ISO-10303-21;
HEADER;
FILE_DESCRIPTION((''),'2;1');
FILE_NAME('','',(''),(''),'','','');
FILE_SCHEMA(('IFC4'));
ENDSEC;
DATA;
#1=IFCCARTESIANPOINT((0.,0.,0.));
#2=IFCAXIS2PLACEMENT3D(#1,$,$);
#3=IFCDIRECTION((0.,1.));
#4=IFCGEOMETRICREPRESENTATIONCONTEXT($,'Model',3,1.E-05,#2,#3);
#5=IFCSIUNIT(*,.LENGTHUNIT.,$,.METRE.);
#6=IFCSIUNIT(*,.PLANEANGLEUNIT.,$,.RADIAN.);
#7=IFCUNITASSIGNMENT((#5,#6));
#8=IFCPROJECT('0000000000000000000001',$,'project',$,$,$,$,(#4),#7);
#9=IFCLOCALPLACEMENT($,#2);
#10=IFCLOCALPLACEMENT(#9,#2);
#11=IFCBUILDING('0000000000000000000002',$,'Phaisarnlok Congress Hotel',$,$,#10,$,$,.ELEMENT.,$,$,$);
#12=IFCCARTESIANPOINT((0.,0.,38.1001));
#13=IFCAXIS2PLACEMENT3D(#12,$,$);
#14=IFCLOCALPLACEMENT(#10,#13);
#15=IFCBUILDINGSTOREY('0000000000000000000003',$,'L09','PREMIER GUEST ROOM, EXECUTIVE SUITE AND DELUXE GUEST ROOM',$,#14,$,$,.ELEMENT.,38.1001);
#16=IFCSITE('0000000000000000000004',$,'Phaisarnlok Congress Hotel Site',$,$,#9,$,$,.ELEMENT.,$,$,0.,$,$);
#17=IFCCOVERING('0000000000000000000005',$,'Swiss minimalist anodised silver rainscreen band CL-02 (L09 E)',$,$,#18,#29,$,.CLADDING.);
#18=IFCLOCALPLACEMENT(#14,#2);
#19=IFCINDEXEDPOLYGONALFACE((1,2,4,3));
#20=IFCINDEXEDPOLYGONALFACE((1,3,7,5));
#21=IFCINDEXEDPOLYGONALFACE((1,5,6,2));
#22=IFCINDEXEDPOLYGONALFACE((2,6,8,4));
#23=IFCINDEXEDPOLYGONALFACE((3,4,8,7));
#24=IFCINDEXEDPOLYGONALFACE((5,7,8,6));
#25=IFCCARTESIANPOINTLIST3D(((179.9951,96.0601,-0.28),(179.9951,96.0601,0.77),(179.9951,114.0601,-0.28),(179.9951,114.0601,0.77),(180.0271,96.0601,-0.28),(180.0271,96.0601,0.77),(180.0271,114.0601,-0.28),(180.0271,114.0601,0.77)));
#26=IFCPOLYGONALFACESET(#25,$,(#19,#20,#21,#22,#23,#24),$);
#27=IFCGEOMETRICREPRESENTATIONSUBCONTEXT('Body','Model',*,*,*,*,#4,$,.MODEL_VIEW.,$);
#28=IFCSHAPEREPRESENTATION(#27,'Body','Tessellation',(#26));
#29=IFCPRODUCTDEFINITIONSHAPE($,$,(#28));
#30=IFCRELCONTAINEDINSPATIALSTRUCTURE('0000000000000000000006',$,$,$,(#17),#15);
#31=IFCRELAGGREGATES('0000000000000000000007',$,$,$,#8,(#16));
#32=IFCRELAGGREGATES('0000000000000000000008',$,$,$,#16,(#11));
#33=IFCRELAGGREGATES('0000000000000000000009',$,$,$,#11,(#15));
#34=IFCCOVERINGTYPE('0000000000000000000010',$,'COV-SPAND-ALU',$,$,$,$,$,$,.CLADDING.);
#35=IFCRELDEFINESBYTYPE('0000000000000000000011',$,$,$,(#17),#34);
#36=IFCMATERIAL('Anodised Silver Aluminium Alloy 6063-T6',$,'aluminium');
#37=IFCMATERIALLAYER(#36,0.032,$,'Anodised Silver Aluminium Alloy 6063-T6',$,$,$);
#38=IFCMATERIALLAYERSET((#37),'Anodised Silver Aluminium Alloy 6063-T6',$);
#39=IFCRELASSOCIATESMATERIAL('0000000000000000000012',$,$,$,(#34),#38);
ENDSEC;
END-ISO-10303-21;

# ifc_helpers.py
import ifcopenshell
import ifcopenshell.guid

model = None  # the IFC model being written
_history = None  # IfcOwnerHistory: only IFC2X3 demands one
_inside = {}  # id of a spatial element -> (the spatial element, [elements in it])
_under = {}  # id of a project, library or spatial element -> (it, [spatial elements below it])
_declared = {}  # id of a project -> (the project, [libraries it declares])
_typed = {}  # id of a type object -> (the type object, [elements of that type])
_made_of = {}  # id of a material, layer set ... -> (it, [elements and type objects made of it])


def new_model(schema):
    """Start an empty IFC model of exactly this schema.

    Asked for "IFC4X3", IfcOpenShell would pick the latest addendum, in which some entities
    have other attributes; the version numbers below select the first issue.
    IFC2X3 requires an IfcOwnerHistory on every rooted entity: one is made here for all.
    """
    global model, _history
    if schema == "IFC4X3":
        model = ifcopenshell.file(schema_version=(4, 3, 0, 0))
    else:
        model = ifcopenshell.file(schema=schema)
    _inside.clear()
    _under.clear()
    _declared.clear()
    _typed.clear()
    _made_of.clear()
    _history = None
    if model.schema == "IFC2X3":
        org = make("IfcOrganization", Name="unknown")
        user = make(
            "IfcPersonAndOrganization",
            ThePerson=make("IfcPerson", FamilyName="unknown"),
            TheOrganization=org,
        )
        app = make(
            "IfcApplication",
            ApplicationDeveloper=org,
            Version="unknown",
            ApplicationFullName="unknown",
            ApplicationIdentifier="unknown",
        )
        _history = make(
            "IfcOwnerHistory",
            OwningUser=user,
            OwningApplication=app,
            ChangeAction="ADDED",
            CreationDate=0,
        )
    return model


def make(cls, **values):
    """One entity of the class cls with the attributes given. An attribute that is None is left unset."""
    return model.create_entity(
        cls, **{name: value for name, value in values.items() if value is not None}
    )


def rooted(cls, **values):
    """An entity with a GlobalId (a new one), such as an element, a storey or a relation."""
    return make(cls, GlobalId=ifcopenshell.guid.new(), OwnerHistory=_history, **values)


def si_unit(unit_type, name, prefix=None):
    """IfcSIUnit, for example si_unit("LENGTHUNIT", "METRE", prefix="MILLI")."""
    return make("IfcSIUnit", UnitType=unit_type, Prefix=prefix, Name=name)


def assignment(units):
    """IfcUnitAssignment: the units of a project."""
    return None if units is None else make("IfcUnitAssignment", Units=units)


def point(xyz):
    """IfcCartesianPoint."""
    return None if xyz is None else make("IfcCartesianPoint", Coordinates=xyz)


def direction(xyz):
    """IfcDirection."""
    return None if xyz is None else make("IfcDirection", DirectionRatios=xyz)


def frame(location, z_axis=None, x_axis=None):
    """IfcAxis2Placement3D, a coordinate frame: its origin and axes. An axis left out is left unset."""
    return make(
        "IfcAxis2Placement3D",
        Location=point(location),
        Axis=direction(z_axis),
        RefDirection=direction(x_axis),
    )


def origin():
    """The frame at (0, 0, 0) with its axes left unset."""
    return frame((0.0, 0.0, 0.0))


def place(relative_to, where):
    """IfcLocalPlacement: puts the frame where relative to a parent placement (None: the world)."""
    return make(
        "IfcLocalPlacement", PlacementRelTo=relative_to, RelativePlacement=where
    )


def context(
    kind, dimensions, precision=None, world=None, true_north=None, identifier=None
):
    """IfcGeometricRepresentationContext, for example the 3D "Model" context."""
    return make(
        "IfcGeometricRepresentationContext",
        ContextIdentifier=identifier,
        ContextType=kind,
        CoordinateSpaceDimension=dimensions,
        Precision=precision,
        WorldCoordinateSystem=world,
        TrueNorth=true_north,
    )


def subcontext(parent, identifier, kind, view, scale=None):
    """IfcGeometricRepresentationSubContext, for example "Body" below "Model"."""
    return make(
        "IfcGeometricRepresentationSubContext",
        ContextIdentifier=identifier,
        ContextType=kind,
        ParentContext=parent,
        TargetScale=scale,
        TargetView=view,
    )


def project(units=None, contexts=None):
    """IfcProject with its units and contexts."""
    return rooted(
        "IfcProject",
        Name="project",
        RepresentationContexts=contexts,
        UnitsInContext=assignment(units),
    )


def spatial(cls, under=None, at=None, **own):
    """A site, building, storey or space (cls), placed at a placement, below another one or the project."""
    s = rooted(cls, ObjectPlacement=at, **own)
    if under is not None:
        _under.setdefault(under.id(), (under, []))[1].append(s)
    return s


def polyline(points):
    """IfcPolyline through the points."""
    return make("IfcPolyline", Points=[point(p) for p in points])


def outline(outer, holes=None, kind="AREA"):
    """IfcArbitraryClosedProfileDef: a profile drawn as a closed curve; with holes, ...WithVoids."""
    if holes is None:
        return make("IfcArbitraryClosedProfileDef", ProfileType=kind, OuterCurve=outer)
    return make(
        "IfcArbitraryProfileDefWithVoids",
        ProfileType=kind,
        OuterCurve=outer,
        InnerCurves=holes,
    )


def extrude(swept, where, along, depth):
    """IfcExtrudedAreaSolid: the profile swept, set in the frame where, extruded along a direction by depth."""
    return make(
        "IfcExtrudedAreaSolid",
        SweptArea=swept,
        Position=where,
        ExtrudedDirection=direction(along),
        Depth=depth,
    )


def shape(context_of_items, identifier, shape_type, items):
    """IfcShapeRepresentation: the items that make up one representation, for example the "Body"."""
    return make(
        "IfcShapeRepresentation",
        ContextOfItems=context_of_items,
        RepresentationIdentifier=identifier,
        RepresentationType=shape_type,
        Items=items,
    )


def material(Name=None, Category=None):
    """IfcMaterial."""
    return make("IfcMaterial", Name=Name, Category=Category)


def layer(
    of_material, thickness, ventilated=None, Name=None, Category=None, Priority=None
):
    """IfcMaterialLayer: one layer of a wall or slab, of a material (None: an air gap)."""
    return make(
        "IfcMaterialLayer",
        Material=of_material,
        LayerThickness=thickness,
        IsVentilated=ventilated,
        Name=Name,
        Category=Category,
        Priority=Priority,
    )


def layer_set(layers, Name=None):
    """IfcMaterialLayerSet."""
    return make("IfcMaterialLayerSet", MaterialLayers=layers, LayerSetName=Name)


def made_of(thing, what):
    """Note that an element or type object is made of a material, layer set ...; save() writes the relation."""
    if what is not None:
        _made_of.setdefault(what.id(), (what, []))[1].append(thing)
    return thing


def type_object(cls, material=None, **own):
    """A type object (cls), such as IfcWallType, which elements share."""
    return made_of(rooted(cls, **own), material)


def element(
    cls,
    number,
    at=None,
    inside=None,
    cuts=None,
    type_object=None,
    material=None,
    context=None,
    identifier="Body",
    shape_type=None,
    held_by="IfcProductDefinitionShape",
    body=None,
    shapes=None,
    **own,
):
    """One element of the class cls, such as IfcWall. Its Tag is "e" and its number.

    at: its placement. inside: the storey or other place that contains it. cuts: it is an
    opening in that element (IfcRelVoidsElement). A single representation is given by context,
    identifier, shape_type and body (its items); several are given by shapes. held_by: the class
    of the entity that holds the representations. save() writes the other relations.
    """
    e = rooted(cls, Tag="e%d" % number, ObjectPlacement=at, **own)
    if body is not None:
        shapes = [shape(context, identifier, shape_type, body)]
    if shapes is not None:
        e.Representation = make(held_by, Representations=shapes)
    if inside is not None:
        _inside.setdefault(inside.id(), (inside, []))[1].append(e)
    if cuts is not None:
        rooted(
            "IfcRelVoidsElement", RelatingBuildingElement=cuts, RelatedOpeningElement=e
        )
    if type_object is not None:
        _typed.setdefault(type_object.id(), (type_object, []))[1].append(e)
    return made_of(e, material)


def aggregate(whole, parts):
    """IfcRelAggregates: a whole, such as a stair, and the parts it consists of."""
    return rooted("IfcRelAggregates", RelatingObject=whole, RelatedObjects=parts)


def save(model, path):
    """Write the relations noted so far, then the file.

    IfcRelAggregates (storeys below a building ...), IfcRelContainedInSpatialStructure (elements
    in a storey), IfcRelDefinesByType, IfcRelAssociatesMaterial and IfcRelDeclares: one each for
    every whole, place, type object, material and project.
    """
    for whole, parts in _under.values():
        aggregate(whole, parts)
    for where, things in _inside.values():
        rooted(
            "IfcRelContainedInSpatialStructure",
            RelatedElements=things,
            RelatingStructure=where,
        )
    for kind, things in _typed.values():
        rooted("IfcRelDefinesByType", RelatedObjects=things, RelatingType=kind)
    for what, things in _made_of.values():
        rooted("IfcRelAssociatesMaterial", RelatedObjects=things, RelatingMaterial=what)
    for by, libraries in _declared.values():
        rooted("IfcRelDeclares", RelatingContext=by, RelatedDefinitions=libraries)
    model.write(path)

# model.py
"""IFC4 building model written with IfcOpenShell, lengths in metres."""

from ifc_helpers import new_model, si_unit, direction, frame, origin, place, context, subcontext, project, spatial, polyline, outline, extrude, material, layer, layer_set, type_object, element, save


model = new_model("IFC4")

# Units and contexts
model_context = context("Model", 3, precision=1e-05, world=origin(), true_north=direction((0.0, 1.0)))
body_context = subcontext(model_context, "Body", "Model", "MODEL_VIEW")
ifc_project = project(units=[si_unit("LENGTHUNIT", "METRE"), si_unit("PLANEANGLEUNIT", "RADIAN")], contexts=[model_context])

# Site, building, storey
site_placement = place(None, origin())
site = spatial("IfcSite", under=ifc_project, at=site_placement, Name="Phaisarnlok Congress Hotel Site", CompositionType="ELEMENT", RefElevation=0.0)
building_placement = place(site_placement, origin())
building = spatial("IfcBuilding", under=site, at=building_placement, Name="Phaisarnlok Congress Hotel", CompositionType="ELEMENT")
storey_placement = place(building_placement, frame((0.0, 0.0, 38.1001)))
storey = spatial("IfcBuildingStorey", under=building, at=storey_placement, Name="L09", Description="PREMIER GUEST ROOM, EXECUTIVE SUITE AND DELUXE GUEST ROOM", CompositionType="ELEMENT", Elevation=38.1001)

# Covering
ifc_material_1 = material(Name="Anodised Silver Aluminium Alloy 6063-T6", Category="aluminium")
ifc_layer_1 = layer(ifc_material_1, 0.032, Name="Anodised Silver Aluminium Alloy 6063-T6")
ifc_layer_set_1 = layer_set([ifc_layer_1], Name="Anodised Silver Aluminium Alloy 6063-T6")
covering_type = type_object("IfcCoveringType", Name="COV-SPAND-ALU", PredefinedType="CLADDING", material=ifc_layer_set_1)
covering_placement = place(storey_placement, frame((179.9951, 96.0601, -0.28), z_axis=(1.0, 0.0, 0.0), x_axis=(0.0, 1.0, 0.0)))
element("IfcCovering", 1, at=covering_placement, inside=storey, type_object=covering_type, Name="Swiss minimalist anodised silver rainscreen band CL-02 (L09 E)", PredefinedType="CLADDING", context=body_context, shape_type="SweptSolid", body=[
    extrude(outline(polyline([(0.0, 0.0), (18.0, 0.0), (18.0, 1.05), (0.0, 1.05), (0.0, 0.0)])), origin(), (0.0, 0.0, 1.0), 0.032),
])

save(model, "model.ifc")
